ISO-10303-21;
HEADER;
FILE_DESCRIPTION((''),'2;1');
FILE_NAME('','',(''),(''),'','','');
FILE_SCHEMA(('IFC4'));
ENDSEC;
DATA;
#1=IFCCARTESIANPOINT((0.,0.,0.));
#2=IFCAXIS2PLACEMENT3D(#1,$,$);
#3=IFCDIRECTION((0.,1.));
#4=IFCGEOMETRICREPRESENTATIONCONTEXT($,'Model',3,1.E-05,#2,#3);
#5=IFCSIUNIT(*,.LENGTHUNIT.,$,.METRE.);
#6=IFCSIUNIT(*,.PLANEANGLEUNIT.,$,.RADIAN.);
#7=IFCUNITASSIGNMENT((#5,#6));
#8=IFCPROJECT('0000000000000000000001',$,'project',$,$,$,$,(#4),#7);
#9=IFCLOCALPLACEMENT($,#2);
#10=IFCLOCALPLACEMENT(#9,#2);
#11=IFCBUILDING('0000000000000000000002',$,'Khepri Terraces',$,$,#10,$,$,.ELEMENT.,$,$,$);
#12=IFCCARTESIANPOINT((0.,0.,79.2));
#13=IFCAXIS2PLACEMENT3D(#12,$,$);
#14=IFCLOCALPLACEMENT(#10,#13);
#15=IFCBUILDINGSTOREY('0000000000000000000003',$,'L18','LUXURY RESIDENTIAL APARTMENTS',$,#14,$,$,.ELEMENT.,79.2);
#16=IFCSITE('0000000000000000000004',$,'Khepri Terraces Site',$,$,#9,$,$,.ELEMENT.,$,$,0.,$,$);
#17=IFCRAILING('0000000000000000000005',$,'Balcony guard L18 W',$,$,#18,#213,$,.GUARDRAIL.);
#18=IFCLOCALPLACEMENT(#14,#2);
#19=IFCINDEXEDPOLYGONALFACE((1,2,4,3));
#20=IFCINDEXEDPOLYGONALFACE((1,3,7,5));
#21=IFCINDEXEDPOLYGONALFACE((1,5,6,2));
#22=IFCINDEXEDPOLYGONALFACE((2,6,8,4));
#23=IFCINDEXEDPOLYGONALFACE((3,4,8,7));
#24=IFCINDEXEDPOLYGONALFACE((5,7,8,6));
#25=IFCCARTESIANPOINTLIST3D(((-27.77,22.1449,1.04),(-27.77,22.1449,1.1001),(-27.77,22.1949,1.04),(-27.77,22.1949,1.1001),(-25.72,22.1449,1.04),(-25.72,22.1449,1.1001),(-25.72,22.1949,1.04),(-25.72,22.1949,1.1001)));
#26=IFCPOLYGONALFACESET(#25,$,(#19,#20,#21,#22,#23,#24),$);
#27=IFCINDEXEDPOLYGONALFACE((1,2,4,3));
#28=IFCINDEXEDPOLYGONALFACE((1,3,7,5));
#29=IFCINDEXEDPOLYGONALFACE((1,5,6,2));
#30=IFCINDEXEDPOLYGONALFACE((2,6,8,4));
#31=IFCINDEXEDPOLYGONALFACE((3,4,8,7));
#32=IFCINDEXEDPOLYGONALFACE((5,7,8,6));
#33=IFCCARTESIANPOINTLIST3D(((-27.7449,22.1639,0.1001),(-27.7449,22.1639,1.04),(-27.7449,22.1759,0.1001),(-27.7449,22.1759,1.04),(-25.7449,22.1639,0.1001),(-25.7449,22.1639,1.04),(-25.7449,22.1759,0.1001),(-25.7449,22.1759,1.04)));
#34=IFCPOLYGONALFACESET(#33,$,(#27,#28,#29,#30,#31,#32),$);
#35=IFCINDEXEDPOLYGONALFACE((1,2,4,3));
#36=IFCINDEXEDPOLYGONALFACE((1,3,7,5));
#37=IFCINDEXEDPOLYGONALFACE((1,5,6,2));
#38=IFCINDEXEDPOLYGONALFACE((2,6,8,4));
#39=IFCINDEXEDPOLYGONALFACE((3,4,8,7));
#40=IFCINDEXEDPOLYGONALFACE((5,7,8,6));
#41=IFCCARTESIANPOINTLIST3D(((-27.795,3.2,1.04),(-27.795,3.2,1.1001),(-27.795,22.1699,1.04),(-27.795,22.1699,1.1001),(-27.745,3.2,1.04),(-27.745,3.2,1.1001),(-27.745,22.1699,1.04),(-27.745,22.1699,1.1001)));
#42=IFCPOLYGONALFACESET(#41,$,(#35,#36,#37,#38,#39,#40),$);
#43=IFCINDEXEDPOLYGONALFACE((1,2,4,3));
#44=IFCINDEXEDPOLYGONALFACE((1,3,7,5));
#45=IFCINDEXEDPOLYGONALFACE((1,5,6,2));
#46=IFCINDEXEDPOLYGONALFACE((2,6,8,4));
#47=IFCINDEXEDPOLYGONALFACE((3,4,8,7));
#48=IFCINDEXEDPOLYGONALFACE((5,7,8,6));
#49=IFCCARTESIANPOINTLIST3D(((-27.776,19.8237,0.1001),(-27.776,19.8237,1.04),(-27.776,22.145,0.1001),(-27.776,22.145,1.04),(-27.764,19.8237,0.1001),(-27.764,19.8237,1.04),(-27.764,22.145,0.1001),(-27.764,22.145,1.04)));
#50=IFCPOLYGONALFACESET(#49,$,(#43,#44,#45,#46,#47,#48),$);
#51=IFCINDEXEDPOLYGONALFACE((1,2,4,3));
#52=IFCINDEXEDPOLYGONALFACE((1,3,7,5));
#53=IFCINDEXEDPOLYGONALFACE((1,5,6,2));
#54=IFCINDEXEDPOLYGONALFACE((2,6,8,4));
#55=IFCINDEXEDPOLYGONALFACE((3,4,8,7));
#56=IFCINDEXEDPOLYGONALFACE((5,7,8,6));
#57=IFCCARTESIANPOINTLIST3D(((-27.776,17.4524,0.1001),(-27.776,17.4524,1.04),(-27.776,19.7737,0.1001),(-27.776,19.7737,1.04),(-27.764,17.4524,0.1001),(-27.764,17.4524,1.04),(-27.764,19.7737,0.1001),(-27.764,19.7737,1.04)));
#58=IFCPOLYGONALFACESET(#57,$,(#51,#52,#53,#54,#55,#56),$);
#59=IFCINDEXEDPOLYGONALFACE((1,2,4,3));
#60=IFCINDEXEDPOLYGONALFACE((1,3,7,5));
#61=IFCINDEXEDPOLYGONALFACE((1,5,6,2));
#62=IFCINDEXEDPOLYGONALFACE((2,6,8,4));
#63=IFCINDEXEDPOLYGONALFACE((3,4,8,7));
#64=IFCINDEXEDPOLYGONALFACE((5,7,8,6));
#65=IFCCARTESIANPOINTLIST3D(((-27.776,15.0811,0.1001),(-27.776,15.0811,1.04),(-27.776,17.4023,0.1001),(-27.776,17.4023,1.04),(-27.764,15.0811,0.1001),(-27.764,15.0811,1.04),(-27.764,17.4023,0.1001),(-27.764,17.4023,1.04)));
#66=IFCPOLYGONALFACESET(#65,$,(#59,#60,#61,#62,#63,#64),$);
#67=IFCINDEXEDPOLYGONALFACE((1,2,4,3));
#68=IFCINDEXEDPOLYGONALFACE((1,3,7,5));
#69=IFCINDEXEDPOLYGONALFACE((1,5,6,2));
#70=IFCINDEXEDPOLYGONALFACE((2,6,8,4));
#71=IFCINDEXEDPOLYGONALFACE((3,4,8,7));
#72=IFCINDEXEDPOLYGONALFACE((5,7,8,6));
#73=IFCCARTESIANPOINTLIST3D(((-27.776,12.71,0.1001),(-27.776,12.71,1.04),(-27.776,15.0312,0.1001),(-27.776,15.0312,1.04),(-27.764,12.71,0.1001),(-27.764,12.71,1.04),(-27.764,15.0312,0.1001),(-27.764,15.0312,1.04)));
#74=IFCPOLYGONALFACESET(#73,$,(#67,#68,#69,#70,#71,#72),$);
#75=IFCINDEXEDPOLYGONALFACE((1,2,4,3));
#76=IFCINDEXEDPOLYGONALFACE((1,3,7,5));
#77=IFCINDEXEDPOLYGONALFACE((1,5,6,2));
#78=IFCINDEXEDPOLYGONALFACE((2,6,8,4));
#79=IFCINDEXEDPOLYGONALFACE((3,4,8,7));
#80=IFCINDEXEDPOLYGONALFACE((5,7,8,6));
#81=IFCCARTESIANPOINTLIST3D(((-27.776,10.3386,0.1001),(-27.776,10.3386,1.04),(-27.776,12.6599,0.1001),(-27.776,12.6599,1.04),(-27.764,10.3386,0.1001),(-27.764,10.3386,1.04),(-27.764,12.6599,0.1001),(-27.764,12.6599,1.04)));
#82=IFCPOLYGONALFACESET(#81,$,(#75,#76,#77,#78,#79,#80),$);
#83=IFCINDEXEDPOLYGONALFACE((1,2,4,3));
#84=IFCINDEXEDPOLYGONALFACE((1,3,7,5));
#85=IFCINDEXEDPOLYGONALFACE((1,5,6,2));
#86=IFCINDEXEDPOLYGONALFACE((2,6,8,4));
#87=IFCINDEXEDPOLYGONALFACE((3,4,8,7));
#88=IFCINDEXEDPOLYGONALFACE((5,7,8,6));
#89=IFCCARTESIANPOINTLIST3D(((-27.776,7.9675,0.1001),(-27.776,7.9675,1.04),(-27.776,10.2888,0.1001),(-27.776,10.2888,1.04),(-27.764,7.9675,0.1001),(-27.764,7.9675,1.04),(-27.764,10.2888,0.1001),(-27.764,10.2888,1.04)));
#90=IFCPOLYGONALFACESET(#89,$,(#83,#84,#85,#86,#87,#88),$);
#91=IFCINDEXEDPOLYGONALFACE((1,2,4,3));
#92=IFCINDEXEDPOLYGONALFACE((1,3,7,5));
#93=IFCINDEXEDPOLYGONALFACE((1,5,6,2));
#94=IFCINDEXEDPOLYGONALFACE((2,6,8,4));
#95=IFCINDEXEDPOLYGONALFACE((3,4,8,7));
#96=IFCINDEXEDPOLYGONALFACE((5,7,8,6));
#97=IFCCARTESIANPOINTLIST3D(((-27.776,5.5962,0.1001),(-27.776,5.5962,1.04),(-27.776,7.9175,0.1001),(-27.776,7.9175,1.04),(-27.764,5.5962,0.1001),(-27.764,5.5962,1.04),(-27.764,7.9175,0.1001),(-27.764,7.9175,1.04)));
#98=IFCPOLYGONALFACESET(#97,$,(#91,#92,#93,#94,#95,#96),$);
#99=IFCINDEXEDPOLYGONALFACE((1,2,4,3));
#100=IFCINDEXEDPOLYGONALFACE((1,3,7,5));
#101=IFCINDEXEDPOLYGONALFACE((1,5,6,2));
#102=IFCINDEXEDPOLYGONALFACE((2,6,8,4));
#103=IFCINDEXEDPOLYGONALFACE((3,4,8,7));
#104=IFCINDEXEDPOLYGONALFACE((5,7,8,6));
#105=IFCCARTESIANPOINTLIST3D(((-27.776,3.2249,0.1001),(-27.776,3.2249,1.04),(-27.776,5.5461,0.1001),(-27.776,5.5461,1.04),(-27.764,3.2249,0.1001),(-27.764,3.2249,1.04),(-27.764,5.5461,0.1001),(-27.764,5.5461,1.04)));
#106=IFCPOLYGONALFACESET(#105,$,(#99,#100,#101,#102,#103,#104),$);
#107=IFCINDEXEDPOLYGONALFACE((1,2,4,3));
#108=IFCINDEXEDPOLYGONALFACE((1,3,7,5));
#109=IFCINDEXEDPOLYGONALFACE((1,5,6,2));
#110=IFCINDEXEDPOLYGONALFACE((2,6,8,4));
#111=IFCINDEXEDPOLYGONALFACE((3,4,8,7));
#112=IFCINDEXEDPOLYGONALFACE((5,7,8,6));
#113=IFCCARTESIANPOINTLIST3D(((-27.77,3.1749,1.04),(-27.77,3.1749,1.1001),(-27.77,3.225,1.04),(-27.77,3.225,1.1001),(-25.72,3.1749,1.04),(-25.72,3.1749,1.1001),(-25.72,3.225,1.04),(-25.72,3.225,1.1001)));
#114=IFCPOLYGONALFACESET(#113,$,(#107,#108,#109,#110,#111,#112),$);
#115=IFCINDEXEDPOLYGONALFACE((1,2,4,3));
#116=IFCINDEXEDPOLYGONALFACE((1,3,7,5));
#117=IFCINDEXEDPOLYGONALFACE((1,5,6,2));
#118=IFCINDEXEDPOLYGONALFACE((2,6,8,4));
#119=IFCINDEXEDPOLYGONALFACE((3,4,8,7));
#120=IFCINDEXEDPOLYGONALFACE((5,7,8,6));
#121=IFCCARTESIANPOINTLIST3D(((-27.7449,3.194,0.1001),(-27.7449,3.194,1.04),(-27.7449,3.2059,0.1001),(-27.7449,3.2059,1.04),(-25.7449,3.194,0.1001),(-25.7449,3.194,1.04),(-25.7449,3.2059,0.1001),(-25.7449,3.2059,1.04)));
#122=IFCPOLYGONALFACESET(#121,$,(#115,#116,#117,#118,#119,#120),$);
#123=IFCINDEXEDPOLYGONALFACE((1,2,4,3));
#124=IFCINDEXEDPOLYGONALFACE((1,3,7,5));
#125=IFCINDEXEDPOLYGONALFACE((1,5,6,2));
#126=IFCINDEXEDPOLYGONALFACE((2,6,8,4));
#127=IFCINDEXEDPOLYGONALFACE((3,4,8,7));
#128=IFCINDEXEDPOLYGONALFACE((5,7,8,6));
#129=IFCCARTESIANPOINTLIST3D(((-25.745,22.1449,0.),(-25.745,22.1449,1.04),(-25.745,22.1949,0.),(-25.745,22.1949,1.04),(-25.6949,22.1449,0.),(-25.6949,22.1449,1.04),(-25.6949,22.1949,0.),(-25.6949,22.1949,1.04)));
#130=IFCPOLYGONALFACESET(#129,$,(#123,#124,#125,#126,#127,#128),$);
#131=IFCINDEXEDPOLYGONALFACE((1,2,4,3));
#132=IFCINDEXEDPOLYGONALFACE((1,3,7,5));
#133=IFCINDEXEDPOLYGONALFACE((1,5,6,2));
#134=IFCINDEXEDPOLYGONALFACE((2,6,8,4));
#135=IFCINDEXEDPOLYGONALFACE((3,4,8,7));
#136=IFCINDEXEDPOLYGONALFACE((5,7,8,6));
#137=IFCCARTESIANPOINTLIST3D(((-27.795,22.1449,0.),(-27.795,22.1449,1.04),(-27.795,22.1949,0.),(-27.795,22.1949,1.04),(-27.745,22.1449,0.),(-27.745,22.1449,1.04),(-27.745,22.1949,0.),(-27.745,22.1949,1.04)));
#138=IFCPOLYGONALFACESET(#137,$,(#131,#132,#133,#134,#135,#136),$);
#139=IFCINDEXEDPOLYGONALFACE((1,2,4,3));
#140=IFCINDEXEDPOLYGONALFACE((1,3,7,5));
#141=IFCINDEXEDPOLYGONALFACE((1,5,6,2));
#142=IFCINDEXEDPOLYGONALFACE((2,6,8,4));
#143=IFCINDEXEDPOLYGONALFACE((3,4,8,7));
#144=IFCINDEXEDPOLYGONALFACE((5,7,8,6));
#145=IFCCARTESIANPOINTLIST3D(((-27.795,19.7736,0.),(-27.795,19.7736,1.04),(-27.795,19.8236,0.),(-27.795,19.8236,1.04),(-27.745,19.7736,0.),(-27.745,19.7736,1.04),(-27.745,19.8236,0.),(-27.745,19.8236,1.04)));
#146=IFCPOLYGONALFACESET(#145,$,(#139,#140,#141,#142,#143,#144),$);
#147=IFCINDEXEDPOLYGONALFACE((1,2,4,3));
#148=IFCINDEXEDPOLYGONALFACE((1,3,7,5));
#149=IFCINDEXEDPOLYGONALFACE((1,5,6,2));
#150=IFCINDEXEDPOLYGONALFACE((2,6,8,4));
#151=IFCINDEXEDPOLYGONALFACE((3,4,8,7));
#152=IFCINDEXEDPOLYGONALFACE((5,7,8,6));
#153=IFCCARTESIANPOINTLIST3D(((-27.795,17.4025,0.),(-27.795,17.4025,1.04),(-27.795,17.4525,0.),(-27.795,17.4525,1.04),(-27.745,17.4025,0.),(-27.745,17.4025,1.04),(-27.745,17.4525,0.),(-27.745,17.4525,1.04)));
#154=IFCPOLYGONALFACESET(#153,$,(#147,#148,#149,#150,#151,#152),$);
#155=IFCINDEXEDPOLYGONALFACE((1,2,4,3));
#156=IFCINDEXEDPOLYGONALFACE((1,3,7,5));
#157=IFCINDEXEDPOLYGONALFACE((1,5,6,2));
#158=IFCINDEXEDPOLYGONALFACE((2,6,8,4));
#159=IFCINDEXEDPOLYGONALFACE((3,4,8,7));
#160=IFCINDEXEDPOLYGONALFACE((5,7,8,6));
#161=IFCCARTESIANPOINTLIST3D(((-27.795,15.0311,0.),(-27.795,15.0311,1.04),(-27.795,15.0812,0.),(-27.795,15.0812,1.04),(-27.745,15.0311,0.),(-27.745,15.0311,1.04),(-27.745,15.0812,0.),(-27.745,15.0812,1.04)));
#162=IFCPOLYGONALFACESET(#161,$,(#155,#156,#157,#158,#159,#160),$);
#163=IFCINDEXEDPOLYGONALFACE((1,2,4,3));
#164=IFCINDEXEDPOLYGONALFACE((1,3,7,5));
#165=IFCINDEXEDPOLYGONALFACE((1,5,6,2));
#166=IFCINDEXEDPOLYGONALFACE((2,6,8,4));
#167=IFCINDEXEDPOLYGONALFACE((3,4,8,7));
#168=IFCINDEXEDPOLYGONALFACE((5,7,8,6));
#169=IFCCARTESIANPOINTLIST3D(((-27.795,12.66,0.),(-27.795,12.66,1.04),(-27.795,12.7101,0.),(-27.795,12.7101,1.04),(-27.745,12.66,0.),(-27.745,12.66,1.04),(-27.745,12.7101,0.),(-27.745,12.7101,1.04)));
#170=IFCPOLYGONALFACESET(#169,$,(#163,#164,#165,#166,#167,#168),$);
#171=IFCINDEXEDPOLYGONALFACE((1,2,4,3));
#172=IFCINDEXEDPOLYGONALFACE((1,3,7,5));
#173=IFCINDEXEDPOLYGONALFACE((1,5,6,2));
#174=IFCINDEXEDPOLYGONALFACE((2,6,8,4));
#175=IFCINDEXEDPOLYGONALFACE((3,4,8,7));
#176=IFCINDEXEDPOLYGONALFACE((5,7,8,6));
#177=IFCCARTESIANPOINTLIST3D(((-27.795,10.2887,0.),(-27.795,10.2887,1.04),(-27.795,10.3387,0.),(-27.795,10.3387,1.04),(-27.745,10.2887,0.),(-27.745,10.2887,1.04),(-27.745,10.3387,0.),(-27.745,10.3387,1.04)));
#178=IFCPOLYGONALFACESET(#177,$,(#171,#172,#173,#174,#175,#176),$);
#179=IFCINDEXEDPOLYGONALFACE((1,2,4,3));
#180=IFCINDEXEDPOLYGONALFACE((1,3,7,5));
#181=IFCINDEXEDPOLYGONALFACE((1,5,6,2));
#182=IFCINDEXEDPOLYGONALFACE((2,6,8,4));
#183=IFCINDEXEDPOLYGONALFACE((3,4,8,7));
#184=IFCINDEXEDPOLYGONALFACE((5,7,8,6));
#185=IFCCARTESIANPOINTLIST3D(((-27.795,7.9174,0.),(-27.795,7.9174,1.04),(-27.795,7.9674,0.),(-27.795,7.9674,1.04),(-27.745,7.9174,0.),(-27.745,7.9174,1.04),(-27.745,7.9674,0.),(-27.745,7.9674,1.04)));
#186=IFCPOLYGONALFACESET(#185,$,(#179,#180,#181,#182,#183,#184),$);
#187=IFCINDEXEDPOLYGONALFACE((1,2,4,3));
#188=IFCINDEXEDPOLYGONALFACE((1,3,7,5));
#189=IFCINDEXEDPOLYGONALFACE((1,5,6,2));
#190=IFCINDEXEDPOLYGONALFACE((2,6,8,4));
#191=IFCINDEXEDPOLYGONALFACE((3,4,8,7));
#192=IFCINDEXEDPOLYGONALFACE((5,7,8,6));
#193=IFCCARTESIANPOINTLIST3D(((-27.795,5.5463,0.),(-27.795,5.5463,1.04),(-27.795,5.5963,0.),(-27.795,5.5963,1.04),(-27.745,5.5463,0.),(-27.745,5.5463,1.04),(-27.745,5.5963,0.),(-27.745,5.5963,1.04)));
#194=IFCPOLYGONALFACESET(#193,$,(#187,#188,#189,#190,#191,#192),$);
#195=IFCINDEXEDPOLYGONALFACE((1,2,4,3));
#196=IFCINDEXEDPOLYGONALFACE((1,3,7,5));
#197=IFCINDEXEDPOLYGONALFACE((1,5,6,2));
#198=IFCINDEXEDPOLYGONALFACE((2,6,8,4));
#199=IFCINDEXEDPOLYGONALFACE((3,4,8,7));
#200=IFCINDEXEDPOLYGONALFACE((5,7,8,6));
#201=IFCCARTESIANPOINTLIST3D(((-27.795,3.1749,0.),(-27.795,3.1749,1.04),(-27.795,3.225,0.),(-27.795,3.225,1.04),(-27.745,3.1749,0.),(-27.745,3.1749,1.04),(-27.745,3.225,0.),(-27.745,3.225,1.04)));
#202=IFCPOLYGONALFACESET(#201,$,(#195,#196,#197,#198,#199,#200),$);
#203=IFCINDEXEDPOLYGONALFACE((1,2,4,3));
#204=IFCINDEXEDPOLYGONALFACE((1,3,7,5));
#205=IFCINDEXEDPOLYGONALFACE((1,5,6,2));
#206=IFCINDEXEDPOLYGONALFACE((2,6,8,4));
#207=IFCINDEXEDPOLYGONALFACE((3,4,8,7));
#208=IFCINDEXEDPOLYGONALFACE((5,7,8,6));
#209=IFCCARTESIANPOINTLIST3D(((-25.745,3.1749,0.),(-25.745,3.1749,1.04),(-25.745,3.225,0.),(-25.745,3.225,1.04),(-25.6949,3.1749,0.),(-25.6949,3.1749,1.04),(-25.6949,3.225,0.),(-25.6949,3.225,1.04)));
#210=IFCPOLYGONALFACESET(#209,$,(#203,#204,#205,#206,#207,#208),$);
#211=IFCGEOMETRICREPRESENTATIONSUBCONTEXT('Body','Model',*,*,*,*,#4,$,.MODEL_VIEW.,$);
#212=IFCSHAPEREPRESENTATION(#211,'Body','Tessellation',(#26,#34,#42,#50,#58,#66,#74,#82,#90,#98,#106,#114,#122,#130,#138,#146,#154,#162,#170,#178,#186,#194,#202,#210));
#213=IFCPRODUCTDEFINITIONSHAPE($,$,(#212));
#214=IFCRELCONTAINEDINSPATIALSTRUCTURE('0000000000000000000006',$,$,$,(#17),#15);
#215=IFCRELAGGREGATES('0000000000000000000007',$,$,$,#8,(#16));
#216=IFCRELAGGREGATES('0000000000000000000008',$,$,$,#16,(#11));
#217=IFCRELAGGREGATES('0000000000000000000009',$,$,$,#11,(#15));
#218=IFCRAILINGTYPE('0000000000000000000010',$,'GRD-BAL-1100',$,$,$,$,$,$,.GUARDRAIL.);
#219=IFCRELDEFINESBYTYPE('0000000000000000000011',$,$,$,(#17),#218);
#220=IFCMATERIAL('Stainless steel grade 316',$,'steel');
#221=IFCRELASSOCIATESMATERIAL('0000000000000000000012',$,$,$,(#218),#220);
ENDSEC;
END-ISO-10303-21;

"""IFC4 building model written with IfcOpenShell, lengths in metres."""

from ifc_helpers import new_model, si_unit, direction, frame, origin, origin_2d, place, context, subcontext, project, spatial, rectangle, extrude, material, type_object, element, save


model = new_model("IFC4")

# Units and contexts
model_context = context("Model", 3, precision=1e-05, world=origin(), true_north=direction((0.0, 1.0)))
body_context = subcontext(model_context, "Body", "Model", "MODEL_VIEW")
ifc_project = project(units=[si_unit("LENGTHUNIT", "METRE"), si_unit("PLANEANGLEUNIT", "RADIAN")], contexts=[model_context])

# Site, building, storey
site_placement = place(None, origin())
site = spatial("IfcSite", under=ifc_project, at=site_placement, Name="Khepri Terraces Site", CompositionType="ELEMENT", RefElevation=0.0)
building_placement = place(site_placement, origin())
building = spatial("IfcBuilding", under=site, at=building_placement, Name="Khepri Terraces", CompositionType="ELEMENT")
storey_placement = place(building_placement, frame((0.0, 0.0, 79.2)))
storey = spatial("IfcBuildingStorey", under=building, at=storey_placement, Name="L18", Description="LUXURY RESIDENTIAL APARTMENTS", CompositionType="ELEMENT", Elevation=79.2)

# Railing
ifc_material_1 = material(Name="Stainless steel grade 316", Category="steel")
railing_type = type_object("IfcRailingType", Name="GRD-BAL-1100", PredefinedType="GUARDRAIL", material=ifc_material_1)
railing_placement = place(storey_placement, frame((-25.72, 22.1699, 0.0)))
element("IfcRailing", 1, at=railing_placement, inside=storey, type_object=railing_type, Name="Balcony guard L18 W", PredefinedType="GUARDRAIL", context=body_context, shape_type="SweptSolid", body=[
    extrude(rectangle(XDim=0.05, YDim=0.0601, at=origin_2d()), frame((0.0, 0.0, 1.0701), z_axis=(-1.0, 0.0, 0.0), x_axis=(0.0, -1.0, 0.0)), (0.0, 0.0, 1.0), 2.05),
    extrude(rectangle(XDim=2.0, YDim=0.012, at=origin_2d()), frame((-1.0249, 0.0, 0.1001), z_axis=(0.0, 0.0, 1.0), x_axis=(-1.0, 0.0, 0.0)), (0.0, 0.0, 1.0), 0.9399),
    extrude(rectangle(XDim=0.05, YDim=0.0601, at=origin_2d()), frame((-2.05, 0.0, 1.0701), z_axis=(0.0, -1.0, 0.0), x_axis=(1.0, 0.0, 0.0)), (0.0, 0.0, 1.0), 18.97),
    extrude(rectangle(XDim=2.3213, YDim=0.012, at=origin_2d()), frame((-2.05, -1.1855, 0.1001), z_axis=(0.0, 0.0, 1.0), x_axis=(0.0, -1.0, 0.0)), (0.0, 0.0, 1.0), 0.9399),
    extrude(rectangle(XDim=2.3213, YDim=0.012, at=origin_2d()), frame((-2.05, -3.5569, 0.1001), z_axis=(0.0, 0.0, 1.0), x_axis=(0.0, -1.0, 0.0)), (0.0, 0.0, 1.0), 0.9399),
    extrude(rectangle(XDim=2.3213, YDim=0.012, at=origin_2d()), frame((-2.05, -5.9282, 0.1001), z_axis=(0.0, 0.0, 1.0), x_axis=(0.0, -1.0, 0.0)), (0.0, 0.0, 1.0), 0.9399),
    extrude(rectangle(XDim=2.3213, YDim=0.012, at=origin_2d()), frame((-2.05, -8.2993, 0.1001), z_axis=(0.0, 0.0, 1.0), x_axis=(0.0, -1.0, 0.0)), (0.0, 0.0, 1.0), 0.9399),
    extrude(rectangle(XDim=2.3213, YDim=0.012, at=origin_2d()), frame((-2.05, -10.6707, 0.1001), z_axis=(0.0, 0.0, 1.0), x_axis=(0.0, -1.0, 0.0)), (0.0, 0.0, 1.0), 0.9399),
    extrude(rectangle(XDim=2.3213, YDim=0.012, at=origin_2d()), frame((-2.05, -13.0417, 0.1001), z_axis=(0.0, 0.0, 1.0), x_axis=(0.0, -1.0, 0.0)), (0.0, 0.0, 1.0), 0.9399),
    extrude(rectangle(XDim=2.3213, YDim=0.012, at=origin_2d()), frame((-2.05, -15.4131, 0.1001), z_axis=(0.0, 0.0, 1.0), x_axis=(0.0, -1.0, 0.0)), (0.0, 0.0, 1.0), 0.9399),
    extrude(rectangle(XDim=2.3213, YDim=0.012, at=origin_2d()), frame((-2.05, -17.7844, 0.1001), z_axis=(0.0, 0.0, 1.0), x_axis=(0.0, -1.0, 0.0)), (0.0, 0.0, 1.0), 0.9399),
    extrude(rectangle(XDim=0.05, YDim=0.0601, at=origin_2d()), frame((-2.05, -18.97, 1.0701), z_axis=(1.0, 0.0, 0.0), x_axis=(0.0, 1.0, 0.0)), (0.0, 0.0, 1.0), 2.05),
    extrude(rectangle(XDim=2.0, YDim=0.012, at=origin_2d()), frame((-1.0249, -18.97, 0.1001), z_axis=(0.0, 0.0, 1.0), x_axis=(1.0, 0.0, 0.0)), (0.0, 0.0, 1.0), 0.9399),
    extrude(rectangle(XDim=0.05, YDim=0.05, at=origin_2d()), origin(), (0.0, 0.0, 1.0), 1.04),
    extrude(rectangle(XDim=0.05, YDim=0.05, at=origin_2d()), frame((-2.05, 0.0, 0.0)), (0.0, 0.0, 1.0), 1.04),
    extrude(rectangle(XDim=0.05, YDim=0.05, at=origin_2d()), frame((-2.05, -2.3713, 0.0)), (0.0, 0.0, 1.0), 1.04),
    extrude(rectangle(XDim=0.05, YDim=0.05, at=origin_2d()), frame((-2.05, -4.7424, 0.0)), (0.0, 0.0, 1.0), 1.04),
    extrude(rectangle(XDim=0.05, YDim=0.05, at=origin_2d()), frame((-2.05, -7.1138, 0.0)), (0.0, 0.0, 1.0), 1.04),
    extrude(rectangle(XDim=0.05, YDim=0.05, at=origin_2d()), frame((-2.05, -9.4849, 0.0)), (0.0, 0.0, 1.0), 1.04),
    extrude(rectangle(XDim=0.05, YDim=0.05, at=origin_2d()), frame((-2.05, -11.8562, 0.0)), (0.0, 0.0, 1.0), 1.04),
    extrude(rectangle(XDim=0.05, YDim=0.05, at=origin_2d()), frame((-2.05, -14.2275, 0.0)), (0.0, 0.0, 1.0), 1.04),
    extrude(rectangle(XDim=0.05, YDim=0.05, at=origin_2d()), frame((-2.05, -16.5986, 0.0)), (0.0, 0.0, 1.0), 1.04),
    extrude(rectangle(XDim=0.05, YDim=0.05, at=origin_2d()), frame((-2.05, -18.97, 0.0)), (0.0, 0.0, 1.0), 1.04),
    extrude(rectangle(XDim=0.05, YDim=0.05, at=origin_2d()), frame((0.0, -18.97, 0.0)), (0.0, 0.0, 1.0), 1.04),
])

save(model, "model.ifc")
